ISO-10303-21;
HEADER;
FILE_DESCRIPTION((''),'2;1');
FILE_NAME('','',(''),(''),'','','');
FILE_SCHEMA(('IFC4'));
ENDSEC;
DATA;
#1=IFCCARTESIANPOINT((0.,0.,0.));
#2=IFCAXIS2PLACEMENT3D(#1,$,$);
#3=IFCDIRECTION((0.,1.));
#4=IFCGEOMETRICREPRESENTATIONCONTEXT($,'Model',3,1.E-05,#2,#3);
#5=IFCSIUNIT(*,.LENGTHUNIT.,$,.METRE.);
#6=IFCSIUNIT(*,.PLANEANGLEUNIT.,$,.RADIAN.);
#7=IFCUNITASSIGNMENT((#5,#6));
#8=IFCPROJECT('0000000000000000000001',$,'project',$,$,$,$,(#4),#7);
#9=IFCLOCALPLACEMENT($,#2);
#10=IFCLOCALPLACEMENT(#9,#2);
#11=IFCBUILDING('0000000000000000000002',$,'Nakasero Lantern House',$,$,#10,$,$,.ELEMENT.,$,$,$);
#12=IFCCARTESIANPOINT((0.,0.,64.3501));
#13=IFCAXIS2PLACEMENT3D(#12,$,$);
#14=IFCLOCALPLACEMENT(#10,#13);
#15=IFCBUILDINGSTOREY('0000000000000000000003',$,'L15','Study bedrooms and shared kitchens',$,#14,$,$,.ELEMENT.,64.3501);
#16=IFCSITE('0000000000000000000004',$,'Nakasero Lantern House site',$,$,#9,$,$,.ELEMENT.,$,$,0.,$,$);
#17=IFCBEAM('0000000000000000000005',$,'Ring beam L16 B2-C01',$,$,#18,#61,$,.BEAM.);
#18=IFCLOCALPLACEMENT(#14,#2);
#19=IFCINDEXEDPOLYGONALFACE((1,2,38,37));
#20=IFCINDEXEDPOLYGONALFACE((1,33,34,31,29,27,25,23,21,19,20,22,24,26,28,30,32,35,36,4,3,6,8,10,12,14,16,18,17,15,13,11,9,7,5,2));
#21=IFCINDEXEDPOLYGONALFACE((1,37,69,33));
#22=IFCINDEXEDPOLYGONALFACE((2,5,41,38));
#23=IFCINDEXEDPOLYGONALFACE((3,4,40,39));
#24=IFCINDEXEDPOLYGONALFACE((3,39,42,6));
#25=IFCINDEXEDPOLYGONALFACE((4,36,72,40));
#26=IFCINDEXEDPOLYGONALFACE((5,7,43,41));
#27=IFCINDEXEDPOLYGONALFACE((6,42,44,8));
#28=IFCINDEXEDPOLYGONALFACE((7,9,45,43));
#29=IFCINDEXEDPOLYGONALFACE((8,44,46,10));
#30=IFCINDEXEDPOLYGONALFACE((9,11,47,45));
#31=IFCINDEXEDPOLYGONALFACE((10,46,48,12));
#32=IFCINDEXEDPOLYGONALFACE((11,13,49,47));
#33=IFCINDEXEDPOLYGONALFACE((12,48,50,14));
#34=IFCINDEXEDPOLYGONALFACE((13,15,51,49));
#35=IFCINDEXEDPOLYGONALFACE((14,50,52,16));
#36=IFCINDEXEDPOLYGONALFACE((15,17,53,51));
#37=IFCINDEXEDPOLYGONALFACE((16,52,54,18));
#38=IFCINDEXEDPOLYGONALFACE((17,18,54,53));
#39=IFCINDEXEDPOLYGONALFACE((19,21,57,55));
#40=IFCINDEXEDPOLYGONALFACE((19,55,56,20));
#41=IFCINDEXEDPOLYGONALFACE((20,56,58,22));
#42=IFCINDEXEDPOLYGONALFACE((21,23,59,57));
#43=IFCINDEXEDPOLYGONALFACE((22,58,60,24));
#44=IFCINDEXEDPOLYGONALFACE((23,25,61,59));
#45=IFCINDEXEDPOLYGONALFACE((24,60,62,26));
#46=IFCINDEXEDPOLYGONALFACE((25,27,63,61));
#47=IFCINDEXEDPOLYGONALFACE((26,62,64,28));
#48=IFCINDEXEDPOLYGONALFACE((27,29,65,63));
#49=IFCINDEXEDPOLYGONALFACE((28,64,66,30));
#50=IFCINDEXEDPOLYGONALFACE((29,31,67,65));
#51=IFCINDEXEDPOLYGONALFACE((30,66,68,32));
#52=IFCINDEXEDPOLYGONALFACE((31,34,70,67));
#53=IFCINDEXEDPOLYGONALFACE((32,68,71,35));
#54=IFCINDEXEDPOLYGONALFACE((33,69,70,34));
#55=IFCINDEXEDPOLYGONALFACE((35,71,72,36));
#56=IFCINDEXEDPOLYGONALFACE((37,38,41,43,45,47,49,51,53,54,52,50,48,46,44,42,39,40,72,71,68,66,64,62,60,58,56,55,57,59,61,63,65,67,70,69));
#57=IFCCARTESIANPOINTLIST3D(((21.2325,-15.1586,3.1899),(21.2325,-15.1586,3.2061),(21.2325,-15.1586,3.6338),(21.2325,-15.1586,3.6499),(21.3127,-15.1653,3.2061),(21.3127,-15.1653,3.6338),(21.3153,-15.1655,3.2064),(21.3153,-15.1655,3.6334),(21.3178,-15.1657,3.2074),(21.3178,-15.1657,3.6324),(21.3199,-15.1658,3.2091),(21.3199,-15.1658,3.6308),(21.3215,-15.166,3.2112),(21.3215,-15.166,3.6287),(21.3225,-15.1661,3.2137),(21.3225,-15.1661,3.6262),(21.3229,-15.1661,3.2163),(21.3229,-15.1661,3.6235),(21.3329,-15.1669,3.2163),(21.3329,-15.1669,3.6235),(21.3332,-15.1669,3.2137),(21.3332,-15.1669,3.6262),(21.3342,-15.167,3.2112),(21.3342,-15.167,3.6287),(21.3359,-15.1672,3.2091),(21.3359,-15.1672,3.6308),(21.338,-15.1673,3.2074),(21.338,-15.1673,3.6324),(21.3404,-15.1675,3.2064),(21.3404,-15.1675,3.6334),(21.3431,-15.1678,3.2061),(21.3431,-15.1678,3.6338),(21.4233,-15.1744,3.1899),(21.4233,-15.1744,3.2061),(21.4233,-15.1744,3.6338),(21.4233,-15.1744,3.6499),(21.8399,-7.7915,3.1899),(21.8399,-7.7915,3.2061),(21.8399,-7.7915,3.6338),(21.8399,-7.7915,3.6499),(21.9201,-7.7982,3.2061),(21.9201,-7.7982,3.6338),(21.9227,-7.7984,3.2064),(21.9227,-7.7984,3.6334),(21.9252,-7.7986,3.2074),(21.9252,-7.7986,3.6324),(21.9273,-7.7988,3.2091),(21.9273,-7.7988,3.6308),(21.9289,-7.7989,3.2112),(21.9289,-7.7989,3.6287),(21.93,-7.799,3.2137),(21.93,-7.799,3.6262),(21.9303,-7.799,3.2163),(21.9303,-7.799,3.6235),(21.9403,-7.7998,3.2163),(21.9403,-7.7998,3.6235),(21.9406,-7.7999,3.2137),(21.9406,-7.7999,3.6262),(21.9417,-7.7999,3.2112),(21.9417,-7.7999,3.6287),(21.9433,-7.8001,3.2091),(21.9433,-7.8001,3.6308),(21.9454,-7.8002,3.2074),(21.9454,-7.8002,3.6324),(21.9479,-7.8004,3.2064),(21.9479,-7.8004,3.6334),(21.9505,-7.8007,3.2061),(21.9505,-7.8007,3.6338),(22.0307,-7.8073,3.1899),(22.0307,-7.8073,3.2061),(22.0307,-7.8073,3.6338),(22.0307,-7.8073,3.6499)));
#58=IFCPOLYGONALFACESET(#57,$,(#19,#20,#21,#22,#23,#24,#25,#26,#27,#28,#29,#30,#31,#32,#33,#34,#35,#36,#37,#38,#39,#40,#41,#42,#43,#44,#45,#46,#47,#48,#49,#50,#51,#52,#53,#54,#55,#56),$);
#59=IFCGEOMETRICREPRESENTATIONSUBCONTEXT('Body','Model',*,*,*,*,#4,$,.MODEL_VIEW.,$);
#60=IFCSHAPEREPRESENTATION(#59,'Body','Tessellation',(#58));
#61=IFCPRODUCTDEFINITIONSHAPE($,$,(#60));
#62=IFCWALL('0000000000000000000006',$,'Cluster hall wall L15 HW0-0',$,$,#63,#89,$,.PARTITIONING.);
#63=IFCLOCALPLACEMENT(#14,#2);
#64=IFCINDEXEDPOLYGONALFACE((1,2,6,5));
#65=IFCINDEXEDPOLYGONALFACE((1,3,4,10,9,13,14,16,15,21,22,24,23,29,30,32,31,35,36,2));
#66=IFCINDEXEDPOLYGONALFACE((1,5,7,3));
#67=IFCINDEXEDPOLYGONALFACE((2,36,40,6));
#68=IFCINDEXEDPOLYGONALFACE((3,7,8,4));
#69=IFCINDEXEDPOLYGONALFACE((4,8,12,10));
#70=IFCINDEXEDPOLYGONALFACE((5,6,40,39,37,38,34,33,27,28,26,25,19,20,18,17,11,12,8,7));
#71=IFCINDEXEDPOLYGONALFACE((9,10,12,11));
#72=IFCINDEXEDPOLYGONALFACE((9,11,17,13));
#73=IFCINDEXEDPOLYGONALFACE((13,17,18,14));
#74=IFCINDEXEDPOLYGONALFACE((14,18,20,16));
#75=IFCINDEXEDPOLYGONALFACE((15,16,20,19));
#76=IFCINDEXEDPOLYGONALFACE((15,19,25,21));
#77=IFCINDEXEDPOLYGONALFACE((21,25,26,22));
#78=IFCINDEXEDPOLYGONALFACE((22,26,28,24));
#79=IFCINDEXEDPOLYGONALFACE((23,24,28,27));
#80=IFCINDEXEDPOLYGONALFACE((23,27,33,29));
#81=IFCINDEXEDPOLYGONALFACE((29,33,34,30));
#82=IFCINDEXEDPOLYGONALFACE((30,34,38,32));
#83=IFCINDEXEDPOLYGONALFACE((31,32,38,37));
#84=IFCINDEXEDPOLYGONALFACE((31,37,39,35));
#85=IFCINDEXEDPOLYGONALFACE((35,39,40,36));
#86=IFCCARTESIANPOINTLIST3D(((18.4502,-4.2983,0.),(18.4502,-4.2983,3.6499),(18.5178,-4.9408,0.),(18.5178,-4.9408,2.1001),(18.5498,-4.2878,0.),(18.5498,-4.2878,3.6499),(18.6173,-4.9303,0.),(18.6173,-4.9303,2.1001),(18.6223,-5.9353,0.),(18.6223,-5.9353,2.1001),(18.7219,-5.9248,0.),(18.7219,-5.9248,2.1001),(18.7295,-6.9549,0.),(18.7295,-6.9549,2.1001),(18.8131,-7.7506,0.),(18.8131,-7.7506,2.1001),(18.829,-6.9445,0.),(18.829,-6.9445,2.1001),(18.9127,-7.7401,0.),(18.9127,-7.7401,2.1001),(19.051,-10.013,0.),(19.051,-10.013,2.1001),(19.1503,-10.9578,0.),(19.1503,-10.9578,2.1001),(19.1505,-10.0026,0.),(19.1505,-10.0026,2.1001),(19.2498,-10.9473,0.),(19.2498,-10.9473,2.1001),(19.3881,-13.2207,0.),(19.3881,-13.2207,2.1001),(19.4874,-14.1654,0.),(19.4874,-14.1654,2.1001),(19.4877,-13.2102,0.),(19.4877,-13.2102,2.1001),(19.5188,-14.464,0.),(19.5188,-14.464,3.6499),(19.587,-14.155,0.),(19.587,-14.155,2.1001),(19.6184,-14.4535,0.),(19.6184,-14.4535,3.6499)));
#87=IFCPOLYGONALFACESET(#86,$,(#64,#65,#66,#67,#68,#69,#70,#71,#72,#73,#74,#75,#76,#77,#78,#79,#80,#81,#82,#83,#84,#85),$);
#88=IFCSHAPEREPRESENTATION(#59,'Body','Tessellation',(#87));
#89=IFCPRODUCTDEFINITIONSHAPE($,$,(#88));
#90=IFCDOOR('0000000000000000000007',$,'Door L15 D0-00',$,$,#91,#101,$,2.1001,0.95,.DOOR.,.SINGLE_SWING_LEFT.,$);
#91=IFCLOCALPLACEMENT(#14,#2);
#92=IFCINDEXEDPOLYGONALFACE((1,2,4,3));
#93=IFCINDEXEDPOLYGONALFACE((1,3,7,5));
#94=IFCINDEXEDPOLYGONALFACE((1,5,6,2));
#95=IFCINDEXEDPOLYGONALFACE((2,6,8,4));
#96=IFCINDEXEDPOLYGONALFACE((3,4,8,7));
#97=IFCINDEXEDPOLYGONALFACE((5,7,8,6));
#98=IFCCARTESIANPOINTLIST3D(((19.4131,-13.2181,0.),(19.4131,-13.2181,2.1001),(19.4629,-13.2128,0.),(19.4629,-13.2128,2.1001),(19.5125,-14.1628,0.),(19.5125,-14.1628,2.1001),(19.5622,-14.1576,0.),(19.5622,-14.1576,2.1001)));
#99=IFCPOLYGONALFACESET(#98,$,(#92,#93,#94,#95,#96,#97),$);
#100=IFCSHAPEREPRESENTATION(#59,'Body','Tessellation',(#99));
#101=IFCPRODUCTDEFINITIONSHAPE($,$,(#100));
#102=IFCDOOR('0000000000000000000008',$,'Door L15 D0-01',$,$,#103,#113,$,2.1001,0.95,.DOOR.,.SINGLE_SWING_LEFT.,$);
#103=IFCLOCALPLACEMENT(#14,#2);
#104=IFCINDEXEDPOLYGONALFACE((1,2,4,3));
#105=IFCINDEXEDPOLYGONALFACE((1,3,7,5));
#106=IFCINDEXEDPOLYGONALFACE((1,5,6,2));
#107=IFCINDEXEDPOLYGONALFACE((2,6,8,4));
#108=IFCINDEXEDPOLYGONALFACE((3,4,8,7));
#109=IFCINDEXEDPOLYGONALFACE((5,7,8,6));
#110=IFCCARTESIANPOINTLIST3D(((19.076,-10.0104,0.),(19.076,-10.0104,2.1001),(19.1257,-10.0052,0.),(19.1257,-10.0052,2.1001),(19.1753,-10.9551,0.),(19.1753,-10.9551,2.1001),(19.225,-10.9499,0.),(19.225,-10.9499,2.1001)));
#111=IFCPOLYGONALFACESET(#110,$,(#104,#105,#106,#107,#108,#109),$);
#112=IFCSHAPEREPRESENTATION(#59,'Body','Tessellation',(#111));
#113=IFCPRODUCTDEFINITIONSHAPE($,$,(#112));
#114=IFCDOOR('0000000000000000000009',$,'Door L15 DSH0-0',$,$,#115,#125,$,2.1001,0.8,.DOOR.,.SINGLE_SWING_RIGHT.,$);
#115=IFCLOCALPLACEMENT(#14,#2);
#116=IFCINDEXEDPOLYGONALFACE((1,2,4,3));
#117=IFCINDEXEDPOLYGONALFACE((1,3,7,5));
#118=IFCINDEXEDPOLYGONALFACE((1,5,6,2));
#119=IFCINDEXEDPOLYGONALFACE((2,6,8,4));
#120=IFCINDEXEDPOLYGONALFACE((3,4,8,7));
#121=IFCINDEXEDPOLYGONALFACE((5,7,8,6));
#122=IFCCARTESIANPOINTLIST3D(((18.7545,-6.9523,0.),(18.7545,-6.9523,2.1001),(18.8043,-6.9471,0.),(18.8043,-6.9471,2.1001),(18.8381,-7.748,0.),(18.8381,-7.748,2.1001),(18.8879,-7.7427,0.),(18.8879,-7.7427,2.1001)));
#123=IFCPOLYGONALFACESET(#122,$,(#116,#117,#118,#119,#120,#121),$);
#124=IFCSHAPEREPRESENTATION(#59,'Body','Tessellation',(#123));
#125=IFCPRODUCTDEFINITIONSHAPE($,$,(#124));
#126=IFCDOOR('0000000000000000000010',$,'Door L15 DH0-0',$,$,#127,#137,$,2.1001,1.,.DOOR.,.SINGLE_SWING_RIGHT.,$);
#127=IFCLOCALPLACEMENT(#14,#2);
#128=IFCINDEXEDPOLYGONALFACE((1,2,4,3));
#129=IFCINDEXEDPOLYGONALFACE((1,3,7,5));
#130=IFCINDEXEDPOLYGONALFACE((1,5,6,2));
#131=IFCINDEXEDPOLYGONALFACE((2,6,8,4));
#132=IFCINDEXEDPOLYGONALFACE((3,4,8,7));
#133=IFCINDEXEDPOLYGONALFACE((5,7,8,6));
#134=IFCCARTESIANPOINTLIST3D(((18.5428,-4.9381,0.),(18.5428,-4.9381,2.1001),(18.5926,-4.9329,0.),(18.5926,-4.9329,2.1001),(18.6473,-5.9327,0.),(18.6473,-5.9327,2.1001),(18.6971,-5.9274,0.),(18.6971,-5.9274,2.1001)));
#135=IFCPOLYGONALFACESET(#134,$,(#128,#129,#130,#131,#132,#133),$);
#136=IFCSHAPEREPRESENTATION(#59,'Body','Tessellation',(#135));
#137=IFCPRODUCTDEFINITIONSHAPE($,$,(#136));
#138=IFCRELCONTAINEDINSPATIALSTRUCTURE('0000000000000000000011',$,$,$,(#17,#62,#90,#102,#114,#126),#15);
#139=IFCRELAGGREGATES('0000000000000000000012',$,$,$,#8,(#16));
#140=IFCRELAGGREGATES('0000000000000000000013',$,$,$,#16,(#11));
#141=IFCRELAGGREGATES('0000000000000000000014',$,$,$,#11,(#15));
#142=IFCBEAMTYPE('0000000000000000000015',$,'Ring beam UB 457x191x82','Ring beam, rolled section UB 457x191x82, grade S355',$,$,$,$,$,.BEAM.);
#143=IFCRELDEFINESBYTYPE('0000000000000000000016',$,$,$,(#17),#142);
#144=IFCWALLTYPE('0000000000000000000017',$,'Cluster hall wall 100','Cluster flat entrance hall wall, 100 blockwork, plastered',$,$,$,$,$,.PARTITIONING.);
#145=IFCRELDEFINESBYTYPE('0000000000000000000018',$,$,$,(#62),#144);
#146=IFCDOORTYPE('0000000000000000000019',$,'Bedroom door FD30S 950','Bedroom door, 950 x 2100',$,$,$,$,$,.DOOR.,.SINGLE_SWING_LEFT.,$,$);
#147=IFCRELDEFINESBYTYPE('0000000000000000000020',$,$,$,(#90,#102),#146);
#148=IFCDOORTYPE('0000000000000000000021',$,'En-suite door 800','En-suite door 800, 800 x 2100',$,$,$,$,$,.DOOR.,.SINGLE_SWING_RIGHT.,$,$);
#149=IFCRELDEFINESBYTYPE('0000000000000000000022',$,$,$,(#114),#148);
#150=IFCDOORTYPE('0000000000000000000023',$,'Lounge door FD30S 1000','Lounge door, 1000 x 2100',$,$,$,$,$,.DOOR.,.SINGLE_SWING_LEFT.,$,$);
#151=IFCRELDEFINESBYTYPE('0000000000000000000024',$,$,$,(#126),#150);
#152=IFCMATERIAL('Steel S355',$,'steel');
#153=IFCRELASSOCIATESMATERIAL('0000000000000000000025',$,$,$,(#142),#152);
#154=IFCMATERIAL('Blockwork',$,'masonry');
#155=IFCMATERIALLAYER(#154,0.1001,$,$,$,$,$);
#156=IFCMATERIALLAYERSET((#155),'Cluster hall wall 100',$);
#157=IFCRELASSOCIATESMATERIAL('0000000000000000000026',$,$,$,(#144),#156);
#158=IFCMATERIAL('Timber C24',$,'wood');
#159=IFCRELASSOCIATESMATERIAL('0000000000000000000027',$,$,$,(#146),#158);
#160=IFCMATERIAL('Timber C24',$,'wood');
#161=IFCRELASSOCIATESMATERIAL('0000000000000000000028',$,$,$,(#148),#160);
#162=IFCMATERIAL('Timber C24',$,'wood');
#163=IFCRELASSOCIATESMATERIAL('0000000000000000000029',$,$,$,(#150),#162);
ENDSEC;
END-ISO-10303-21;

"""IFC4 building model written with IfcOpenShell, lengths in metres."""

from ifc_helpers import new_model, si_unit, direction, frame, frame_2d, origin, origin_2d, place, context, subcontext, project, spatial, rectangle, i_section, extrude, material, layer, layer_set, material_profile, profile_set, type_object, element, fill, save


model = new_model("IFC4")

# Units and contexts
model_context = context("Model", 3, precision=1e-05, world=origin(), true_north=direction((0.0, 1.0)))
body_context = subcontext(model_context, "Body", "Model", "MODEL_VIEW")
ifc_project = project(units=[si_unit("LENGTHUNIT", "METRE"), si_unit("PLANEANGLEUNIT", "RADIAN")], contexts=[model_context])

# Site, building, storey
site_placement = place(None, origin())
site = spatial("IfcSite", under=ifc_project, at=site_placement, Name="Nakasero Lantern House site", CompositionType="ELEMENT", RefElevation=0.0)
building_placement = place(site_placement, origin())
building = spatial("IfcBuilding", under=site, at=building_placement, Name="Nakasero Lantern House", CompositionType="ELEMENT")
storey_placement = place(building_placement, frame((0.0, 0.0, 64.3501)))
storey = spatial("IfcBuildingStorey", under=building, at=storey_placement, Name="L15", Description="Study bedrooms and shared kitchens", CompositionType="ELEMENT", Elevation=64.3501)

# Beam
ifc_material_1 = material(Name="Steel S355", Category="steel")
ifc_material_profile_1 = material_profile(ifc_material_1, i_section(OverallWidth=0.1914, OverallDepth=0.46, WebThickness=0.01, FlangeThickness=0.0161, FilletRadius=0.0103, at=origin_2d()), Name="UB 457x191x82")
ifc_profile_set_1 = profile_set([ifc_material_profile_1], Name="Steel S355")
beam_type_1 = type_object("IfcBeamType", Name="Ring beam UB 457x191x82", Description="Ring beam, rolled section UB 457x191x82, grade S355", PredefinedType="BEAM", material=ifc_profile_set_1)
beam_1_placement = place(storey_placement, frame((21.3279, -15.1665, 3.4199), z_axis=(0.082171, 0.996618, 0.0), x_axis=(-0.996618, 0.082171, 0.0)))
element("IfcBeam", 1, at=beam_1_placement, inside=storey, type_object=beam_type_1, Name="Ring beam L16 B2-C01", PredefinedType="BEAM", context=body_context, shape_type="SweptSolid", body=[
    extrude(i_section(OverallWidth=0.1914, OverallDepth=0.46, WebThickness=0.01, FlangeThickness=0.0161, FilletRadius=0.0103, at=origin_2d()), origin(), (0.0, 0.0, 1.0), 7.3921),
])

# Wall, openings, doors
ifc_material_2 = material(Name="Blockwork", Category="masonry")
ifc_layer_1 = layer(ifc_material_2, 0.1001)
ifc_layer_set_1 = layer_set([ifc_layer_1], Name="Cluster hall wall 100")
wall_type_1 = type_object("IfcWallType", Name="Cluster hall wall 100", Description="Cluster flat entrance hall wall, 100 blockwork, plastered", PredefinedType="PARTITIONING", material=ifc_layer_set_1)
wall_1_placement = place(storey_placement, frame((19.5686, -14.4587, 0.0), z_axis=(0.0, 0.0, 1.0), x_axis=(-0.104542, 0.99452, 0.0)))
wall_1 = element("IfcWall", 2, at=wall_1_placement, inside=storey, type_object=wall_type_1, Name="Cluster hall wall L15 HW0-0", PredefinedType="PARTITIONING", context=body_context, shape_type="SweptSolid", body=[
    extrude(rectangle(XDim=10.2217, YDim=0.1001, at=frame_2d((5.1108, 0.0))), origin(), (0.0, 0.0, 1.0), 3.6499),
])
opening_1_placement = place(wall_1_placement, frame((8.5757, 0.0, 0.0)))
opening_1 = element("IfcOpeningElement", 3, at=opening_1_placement, cuts=wall_1, PredefinedType="OPENING", context=body_context, shape_type="SweptSolid", body=[
    extrude(rectangle(XDim=1.0, YDim=2.1001, at=frame_2d((0.5, 1.05))), frame((0.0, 0.0701, 0.0), z_axis=(0.0, -1.0, 0.0), x_axis=(1.0, 0.0, 0.0)), (0.0, 0.0, 1.0), 0.1401),
])
opening_2_placement = place(wall_1_placement, frame((6.7505, 0.0, 0.0)))
opening_2 = element("IfcOpeningElement", 4, at=opening_2_placement, cuts=wall_1, PredefinedType="OPENING", context=body_context, shape_type="SweptSolid", body=[
    extrude(rectangle(XDim=0.8, YDim=2.1001, at=frame_2d((0.3999, 1.05))), frame((0.0, 0.0701, 0.0), z_axis=(0.0, -1.0, 0.0), x_axis=(1.0, 0.0, 0.0)), (0.0, 0.0, 1.0), 0.1401),
])
opening_3_placement = place(wall_1_placement, frame((0.3, 0.0, 0.0)))
opening_3 = element("IfcOpeningElement", 5, at=opening_3_placement, cuts=wall_1, PredefinedType="OPENING", context=body_context, shape_type="SweptSolid", body=[
    extrude(rectangle(XDim=0.95, YDim=2.1001, at=frame_2d((0.4751, 1.05))), frame((0.0, 0.0701, 0.0), z_axis=(0.0, -1.0, 0.0), x_axis=(1.0, 0.0, 0.0)), (0.0, 0.0, 1.0), 0.1401),
])
opening_4_placement = place(wall_1_placement, frame((3.5254, 0.0, 0.0)))
opening_4 = element("IfcOpeningElement", 6, at=opening_4_placement, cuts=wall_1, PredefinedType="OPENING", context=body_context, shape_type="SweptSolid", body=[
    extrude(rectangle(XDim=0.95, YDim=2.1001, at=frame_2d((0.4751, 1.05))), frame((0.0, 0.0701, 0.0), z_axis=(0.0, -1.0, 0.0), x_axis=(1.0, 0.0, 0.0)), (0.0, 0.0, 1.0), 0.1401),
])
ifc_material_3 = material(Name="Timber C24", Category="wood")
door_type_1 = type_object("IfcDoorType", Name="Bedroom door FD30S 950", Description="Bedroom door, 950 x 2100", OperationType="SINGLE_SWING_LEFT", PredefinedType="DOOR", material=ifc_material_3)
door_1_placement = place(opening_3_placement, origin())
door_1 = element("IfcDoor", 7, at=door_1_placement, inside=storey, type_object=door_type_1, Name="Door L15 D0-00", OperationType="SINGLE_SWING_LEFT", OverallHeight=2.1001, OverallWidth=0.95, PredefinedType="DOOR", context=body_context, shape_type="SweptSolid", body=[
    extrude(rectangle(XDim=0.95, YDim=2.1001, at=frame_2d((0.4751, 1.05))), frame((0.0, 0.0249, 0.0), z_axis=(0.0, -1.0, 0.0), x_axis=(1.0, 0.0, 0.0)), (0.0, 0.0, 1.0), 0.05),
])
fill(opening_3, door_1)
door_2_placement = place(opening_4_placement, origin())
door_2 = element("IfcDoor", 8, at=door_2_placement, inside=storey, type_object=door_type_1, Name="Door L15 D0-01", OperationType="SINGLE_SWING_LEFT", OverallHeight=2.1001, OverallWidth=0.95, PredefinedType="DOOR", context=body_context, shape_type="SweptSolid", body=[
    extrude(rectangle(XDim=0.95, YDim=2.1001, at=frame_2d((0.4751, 1.05))), frame((0.0, 0.0249, 0.0), z_axis=(0.0, -1.0, 0.0), x_axis=(1.0, 0.0, 0.0)), (0.0, 0.0, 1.0), 0.05),
])
fill(opening_4, door_2)
ifc_material_4 = material(Name="Timber C24", Category="wood")
door_type_2 = type_object("IfcDoorType", Name="En-suite door 800", Description="En-suite door 800, 800 x 2100", OperationType="SINGLE_SWING_RIGHT", PredefinedType="DOOR", material=ifc_material_4)
door_3_placement = place(opening_2_placement, origin())
door_3 = element("IfcDoor", 9, at=door_3_placement, inside=storey, type_object=door_type_2, Name="Door L15 DSH0-0", OperationType="SINGLE_SWING_RIGHT", OverallHeight=2.1001, OverallWidth=0.8, PredefinedType="DOOR", context=body_context, shape_type="SweptSolid", body=[
    extrude(rectangle(XDim=0.8, YDim=2.1001, at=frame_2d((0.3999, 1.05))), frame((0.0, 0.0249, 0.0), z_axis=(0.0, -1.0, 0.0), x_axis=(1.0, 0.0, 0.0)), (0.0, 0.0, 1.0), 0.05),
])
fill(opening_2, door_3)
ifc_material_5 = material(Name="Timber C24", Category="wood")
door_type_3 = type_object("IfcDoorType", Name="Lounge door FD30S 1000", Description="Lounge door, 1000 x 2100", OperationType="SINGLE_SWING_LEFT", PredefinedType="DOOR", material=ifc_material_5)
door_4_placement = place(opening_1_placement, origin())
door_4 = element("IfcDoor", 10, at=door_4_placement, inside=storey, type_object=door_type_3, Name="Door L15 DH0-0", OperationType="SINGLE_SWING_RIGHT", OverallHeight=2.1001, OverallWidth=1.0, PredefinedType="DOOR", context=body_context, shape_type="SweptSolid", body=[
    extrude(rectangle(XDim=1.0, YDim=2.1001, at=frame_2d((0.5, 1.05))), frame((0.0, 0.0249, 0.0), z_axis=(0.0, -1.0, 0.0), x_axis=(1.0, 0.0, 0.0)), (0.0, 0.0, 1.0), 0.05),
])
fill(opening_1, door_4)

save(model, "model.ifc")
